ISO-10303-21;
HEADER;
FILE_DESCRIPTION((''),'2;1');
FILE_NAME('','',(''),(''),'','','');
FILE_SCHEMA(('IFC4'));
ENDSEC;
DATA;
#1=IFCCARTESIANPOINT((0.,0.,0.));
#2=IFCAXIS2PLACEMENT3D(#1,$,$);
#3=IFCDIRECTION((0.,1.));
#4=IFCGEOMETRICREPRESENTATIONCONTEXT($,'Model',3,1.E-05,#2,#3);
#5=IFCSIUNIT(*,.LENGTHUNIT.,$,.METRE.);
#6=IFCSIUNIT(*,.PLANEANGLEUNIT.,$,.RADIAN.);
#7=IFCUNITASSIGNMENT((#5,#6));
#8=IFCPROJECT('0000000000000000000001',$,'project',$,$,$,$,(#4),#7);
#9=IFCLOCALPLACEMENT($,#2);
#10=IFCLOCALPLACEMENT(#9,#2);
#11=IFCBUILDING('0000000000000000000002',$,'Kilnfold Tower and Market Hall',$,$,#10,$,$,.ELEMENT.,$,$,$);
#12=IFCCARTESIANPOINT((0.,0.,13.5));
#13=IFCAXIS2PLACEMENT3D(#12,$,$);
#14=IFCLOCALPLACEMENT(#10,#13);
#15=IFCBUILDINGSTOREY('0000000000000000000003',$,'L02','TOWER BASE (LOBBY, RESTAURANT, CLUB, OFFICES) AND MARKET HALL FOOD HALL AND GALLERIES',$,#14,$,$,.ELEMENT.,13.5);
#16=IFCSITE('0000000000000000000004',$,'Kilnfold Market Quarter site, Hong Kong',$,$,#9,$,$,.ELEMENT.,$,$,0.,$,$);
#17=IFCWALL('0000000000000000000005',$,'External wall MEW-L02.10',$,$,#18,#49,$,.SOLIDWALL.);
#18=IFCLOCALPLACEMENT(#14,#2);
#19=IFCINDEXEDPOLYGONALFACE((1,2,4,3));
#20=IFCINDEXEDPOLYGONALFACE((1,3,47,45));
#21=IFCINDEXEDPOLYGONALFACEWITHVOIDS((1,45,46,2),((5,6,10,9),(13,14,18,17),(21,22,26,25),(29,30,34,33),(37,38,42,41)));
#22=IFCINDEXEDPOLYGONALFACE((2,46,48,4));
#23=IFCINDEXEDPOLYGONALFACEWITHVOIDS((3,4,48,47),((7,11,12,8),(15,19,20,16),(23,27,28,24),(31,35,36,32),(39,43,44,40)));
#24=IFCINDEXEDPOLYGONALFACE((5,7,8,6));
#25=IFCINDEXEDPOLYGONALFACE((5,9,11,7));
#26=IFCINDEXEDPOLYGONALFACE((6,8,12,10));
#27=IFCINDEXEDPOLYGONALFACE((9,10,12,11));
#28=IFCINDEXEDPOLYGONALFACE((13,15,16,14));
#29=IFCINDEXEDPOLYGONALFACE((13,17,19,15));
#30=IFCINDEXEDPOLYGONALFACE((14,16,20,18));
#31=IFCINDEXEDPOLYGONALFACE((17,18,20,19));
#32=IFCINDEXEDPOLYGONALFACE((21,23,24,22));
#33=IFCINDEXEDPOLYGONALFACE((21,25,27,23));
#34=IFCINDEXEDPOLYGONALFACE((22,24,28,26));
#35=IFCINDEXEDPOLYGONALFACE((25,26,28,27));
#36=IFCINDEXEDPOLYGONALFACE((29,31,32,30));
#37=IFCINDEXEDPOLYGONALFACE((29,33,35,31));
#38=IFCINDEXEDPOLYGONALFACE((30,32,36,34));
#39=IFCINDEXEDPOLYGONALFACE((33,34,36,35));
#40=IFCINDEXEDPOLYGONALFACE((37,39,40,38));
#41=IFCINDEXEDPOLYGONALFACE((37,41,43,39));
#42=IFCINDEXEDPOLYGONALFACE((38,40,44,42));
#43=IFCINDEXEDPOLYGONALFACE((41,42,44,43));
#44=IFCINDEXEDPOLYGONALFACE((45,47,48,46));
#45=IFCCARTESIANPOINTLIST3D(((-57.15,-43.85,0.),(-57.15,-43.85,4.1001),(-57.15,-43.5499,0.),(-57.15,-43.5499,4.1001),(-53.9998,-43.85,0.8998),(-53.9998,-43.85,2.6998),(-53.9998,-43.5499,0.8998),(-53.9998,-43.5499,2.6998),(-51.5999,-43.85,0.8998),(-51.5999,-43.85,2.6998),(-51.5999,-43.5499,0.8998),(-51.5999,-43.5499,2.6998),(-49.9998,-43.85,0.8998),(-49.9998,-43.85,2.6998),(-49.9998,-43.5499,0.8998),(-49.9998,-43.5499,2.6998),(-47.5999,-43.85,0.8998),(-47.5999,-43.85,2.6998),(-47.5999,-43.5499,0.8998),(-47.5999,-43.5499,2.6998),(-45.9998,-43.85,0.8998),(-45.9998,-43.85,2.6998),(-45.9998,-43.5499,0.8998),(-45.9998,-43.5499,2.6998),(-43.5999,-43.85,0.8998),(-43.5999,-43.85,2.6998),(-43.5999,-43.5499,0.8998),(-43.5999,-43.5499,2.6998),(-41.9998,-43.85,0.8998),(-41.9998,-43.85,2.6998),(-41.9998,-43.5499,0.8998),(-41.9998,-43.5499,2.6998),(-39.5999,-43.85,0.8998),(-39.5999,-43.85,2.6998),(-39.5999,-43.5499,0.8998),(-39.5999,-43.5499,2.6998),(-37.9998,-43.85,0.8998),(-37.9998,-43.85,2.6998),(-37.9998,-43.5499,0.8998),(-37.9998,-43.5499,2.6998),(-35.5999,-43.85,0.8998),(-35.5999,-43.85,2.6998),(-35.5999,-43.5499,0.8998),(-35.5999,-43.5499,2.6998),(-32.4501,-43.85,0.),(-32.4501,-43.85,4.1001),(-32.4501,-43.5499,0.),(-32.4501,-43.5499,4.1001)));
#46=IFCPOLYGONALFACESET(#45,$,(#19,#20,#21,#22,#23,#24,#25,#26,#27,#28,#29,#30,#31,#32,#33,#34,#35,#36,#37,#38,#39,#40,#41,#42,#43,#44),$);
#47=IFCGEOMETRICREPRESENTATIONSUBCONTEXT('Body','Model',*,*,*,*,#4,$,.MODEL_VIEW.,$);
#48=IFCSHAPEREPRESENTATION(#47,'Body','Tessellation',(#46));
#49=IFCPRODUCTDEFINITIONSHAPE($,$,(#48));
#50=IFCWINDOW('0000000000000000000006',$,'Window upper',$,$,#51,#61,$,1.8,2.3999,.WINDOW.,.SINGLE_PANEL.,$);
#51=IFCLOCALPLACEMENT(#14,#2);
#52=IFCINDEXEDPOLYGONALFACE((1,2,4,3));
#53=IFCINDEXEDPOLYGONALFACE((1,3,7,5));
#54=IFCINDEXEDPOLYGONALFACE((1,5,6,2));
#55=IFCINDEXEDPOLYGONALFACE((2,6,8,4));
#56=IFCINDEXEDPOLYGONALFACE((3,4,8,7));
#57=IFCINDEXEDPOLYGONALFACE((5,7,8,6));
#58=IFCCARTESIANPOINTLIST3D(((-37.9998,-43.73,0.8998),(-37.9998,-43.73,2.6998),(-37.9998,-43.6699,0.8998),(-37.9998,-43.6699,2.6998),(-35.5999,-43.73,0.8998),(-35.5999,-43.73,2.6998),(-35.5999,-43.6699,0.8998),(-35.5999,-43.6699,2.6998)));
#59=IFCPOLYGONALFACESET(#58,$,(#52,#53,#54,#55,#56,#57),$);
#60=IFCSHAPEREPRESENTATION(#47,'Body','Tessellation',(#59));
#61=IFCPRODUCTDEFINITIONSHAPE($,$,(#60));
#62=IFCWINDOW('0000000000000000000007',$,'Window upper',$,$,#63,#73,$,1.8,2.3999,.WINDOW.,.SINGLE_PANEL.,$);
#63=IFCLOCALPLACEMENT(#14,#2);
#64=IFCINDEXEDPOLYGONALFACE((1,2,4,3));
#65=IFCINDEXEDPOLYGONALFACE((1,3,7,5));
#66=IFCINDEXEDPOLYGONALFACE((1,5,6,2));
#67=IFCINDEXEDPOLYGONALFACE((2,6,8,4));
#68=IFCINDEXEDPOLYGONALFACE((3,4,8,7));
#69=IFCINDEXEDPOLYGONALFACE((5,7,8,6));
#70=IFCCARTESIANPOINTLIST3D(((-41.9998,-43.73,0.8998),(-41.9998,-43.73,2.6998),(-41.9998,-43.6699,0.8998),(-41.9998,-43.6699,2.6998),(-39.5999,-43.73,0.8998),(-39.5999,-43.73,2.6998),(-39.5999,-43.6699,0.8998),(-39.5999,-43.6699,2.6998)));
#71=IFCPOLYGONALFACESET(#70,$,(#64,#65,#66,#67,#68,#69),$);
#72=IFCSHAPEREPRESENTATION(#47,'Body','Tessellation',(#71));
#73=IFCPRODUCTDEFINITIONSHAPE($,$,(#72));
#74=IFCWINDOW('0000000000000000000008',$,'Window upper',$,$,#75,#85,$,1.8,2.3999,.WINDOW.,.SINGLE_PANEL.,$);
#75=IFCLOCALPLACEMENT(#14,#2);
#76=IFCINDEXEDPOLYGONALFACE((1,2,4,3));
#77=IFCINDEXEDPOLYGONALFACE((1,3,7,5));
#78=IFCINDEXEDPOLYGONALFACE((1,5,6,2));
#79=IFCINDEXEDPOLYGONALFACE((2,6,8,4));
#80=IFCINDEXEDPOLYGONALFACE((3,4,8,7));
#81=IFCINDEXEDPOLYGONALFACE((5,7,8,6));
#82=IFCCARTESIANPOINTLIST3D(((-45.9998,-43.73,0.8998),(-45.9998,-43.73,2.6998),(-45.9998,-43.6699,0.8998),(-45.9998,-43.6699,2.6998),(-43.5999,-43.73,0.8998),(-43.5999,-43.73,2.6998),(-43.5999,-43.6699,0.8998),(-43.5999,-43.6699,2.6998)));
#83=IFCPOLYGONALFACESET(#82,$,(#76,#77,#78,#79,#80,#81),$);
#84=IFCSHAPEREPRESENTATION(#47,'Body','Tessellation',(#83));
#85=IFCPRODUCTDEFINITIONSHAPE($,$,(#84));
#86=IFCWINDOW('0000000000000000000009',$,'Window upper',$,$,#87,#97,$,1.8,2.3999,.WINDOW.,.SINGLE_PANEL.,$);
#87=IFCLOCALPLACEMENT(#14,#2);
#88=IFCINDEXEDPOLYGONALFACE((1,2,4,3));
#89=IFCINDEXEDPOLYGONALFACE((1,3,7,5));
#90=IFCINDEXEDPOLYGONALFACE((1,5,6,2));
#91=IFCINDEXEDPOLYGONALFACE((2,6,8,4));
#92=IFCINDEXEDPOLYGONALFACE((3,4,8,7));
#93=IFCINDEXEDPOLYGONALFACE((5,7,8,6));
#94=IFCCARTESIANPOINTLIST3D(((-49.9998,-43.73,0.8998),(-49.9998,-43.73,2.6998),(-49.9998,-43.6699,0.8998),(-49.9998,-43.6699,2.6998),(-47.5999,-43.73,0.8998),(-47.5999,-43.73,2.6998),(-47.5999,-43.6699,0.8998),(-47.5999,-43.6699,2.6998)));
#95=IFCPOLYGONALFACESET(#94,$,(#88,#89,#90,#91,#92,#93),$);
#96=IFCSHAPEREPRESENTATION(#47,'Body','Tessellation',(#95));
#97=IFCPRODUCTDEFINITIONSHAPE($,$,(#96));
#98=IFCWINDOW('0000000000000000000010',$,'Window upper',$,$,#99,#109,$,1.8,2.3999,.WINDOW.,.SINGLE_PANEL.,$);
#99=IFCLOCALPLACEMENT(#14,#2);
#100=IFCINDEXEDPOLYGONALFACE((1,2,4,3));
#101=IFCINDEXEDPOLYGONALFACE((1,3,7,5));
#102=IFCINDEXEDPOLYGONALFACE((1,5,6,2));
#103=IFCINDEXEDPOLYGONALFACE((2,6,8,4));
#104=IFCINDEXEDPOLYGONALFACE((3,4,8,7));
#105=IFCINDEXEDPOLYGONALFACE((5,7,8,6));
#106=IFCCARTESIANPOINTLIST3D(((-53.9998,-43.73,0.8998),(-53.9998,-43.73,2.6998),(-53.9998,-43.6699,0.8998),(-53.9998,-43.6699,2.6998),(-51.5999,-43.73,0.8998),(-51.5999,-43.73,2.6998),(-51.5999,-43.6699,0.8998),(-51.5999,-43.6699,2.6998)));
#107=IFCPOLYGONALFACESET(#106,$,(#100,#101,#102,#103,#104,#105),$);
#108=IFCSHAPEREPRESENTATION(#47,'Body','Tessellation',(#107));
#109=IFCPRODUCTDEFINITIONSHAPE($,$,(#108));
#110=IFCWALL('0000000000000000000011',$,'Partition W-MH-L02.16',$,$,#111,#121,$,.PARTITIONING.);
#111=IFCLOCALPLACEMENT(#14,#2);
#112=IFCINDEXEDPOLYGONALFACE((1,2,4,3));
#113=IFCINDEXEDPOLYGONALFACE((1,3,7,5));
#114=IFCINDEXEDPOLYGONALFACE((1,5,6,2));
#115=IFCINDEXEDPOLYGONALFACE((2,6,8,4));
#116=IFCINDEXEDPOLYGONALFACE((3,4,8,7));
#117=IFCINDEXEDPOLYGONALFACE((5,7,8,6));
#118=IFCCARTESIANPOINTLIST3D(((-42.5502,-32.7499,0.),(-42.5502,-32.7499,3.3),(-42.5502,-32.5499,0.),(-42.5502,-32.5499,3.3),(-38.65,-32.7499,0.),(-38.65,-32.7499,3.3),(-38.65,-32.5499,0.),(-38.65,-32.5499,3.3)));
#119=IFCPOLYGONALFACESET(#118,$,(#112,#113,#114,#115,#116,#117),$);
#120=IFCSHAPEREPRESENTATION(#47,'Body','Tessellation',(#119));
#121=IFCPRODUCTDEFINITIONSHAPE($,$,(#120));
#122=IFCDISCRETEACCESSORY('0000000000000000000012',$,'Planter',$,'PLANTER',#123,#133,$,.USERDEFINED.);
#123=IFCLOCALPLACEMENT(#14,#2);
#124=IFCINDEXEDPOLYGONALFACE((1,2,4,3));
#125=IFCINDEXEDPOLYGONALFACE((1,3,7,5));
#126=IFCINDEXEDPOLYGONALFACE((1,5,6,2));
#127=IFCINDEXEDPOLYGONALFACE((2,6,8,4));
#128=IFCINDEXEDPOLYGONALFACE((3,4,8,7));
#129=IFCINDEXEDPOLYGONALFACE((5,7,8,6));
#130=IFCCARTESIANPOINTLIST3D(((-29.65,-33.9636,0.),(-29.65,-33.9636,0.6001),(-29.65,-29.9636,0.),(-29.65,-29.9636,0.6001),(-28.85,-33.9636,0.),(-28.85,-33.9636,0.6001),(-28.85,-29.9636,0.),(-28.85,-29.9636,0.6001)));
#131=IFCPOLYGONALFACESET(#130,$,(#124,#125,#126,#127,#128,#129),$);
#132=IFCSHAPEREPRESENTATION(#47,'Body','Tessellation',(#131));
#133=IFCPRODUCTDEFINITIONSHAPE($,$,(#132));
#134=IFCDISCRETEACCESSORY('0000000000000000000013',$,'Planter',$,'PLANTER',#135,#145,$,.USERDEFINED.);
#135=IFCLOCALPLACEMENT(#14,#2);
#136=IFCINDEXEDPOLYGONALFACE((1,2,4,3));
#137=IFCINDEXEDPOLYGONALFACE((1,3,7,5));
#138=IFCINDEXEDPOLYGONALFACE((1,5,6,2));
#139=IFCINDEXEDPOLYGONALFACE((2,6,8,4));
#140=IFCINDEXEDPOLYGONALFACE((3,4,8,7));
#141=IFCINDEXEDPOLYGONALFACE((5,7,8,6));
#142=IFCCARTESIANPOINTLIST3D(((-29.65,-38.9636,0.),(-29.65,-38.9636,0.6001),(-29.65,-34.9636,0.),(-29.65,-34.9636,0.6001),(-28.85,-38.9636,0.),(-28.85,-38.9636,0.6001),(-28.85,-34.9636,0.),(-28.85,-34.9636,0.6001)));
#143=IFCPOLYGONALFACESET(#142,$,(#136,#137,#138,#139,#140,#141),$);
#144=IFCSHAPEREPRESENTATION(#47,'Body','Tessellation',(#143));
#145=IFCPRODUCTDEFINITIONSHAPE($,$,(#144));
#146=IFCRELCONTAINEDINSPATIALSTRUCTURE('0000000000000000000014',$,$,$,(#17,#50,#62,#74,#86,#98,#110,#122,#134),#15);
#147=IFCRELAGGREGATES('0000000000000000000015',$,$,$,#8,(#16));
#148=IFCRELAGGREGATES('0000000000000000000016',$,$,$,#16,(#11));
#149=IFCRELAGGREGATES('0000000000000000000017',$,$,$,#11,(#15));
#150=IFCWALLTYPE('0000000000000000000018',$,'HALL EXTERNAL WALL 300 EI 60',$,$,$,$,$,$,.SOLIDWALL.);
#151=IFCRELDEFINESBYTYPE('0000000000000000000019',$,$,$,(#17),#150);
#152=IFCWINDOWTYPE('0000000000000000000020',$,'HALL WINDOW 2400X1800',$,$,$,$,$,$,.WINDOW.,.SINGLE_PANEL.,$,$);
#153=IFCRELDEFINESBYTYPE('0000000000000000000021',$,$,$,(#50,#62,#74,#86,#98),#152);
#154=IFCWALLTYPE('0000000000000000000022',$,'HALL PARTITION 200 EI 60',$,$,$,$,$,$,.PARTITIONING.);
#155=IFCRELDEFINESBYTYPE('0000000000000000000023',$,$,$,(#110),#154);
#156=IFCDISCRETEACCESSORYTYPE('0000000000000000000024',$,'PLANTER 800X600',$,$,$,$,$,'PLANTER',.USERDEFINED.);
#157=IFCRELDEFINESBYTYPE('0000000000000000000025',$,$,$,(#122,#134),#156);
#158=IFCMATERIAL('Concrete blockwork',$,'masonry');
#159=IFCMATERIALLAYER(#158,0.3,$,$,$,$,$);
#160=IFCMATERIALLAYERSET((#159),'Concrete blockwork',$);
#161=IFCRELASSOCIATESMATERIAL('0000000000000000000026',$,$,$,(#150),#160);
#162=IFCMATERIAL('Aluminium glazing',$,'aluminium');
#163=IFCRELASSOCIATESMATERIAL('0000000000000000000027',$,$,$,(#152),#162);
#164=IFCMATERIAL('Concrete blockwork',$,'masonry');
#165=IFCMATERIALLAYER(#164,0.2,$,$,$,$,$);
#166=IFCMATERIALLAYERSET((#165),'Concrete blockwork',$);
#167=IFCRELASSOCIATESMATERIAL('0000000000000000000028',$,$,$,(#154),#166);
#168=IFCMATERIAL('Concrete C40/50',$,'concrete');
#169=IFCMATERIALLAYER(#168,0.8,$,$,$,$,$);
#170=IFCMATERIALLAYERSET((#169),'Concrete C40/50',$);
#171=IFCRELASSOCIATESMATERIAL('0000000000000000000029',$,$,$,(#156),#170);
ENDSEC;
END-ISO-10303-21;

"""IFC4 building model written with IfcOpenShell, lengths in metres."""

from ifc_helpers import new_model, si_unit, direction, frame, frame_2d, origin, origin_2d, place, context, subcontext, project, spatial, rectangle, extrude, source, transform, mapped, material, layer, layer_set, type_object, element, fill, save


model = new_model("IFC4")

# Units and contexts
model_context = context("Model", 3, precision=1e-05, world=origin(), true_north=direction((0.0, 1.0)))
body_context = subcontext(model_context, "Body", "Model", "MODEL_VIEW")
ifc_project = project(units=[si_unit("LENGTHUNIT", "METRE"), si_unit("PLANEANGLEUNIT", "RADIAN")], contexts=[model_context])

# Site, building, storey
site_placement = place(None, origin())
site = spatial("IfcSite", under=ifc_project, at=site_placement, Name="Kilnfold Market Quarter site, Hong Kong", CompositionType="ELEMENT", RefElevation=0.0)
building_placement = place(site_placement, origin())
building = spatial("IfcBuilding", under=site, at=building_placement, Name="Kilnfold Tower and Market Hall", CompositionType="ELEMENT")
storey_placement = place(building_placement, frame((0.0, 0.0, 13.5)))
storey = spatial("IfcBuildingStorey", under=building, at=storey_placement, Name="L02", Description="TOWER BASE (LOBBY, RESTAURANT, CLUB, OFFICES) AND MARKET HALL FOOD HALL AND GALLERIES", CompositionType="ELEMENT", Elevation=13.5)

# Wall, openings, windows
ifc_material_1 = material(Name="Concrete blockwork", Category="masonry")
ifc_layer_1 = layer(ifc_material_1, 0.3)
ifc_layer_set_1 = layer_set([ifc_layer_1], Name="Concrete blockwork")
wall_type_1 = type_object("IfcWallType", Name="HALL EXTERNAL WALL 300 EI 60", PredefinedType="SOLIDWALL", material=ifc_layer_set_1)
shared_shape_1 = source(origin(), body_context, "Body", "SweptSolid", [
    extrude(rectangle(XDim=24.7, YDim=0.3, at=frame_2d((12.3501, 0.0))), origin(), (0.0, 0.0, 1.0), 4.1001),
])
wall_1_placement = place(storey_placement, frame((-32.45, -43.7, 0.0), z_axis=(0.0, 0.0, 1.0), x_axis=(-1.0, 0.0, 0.0)))
wall_1 = element("IfcWall", 1, at=wall_1_placement, inside=storey, type_object=wall_type_1, Name="External wall MEW-L02.10", PredefinedType="SOLIDWALL", context=body_context, shape_type="MappedRepresentation", body=[
    mapped(shared_shape_1, transform((0.0, 0.0, 0.0))),
])
opening_1_placement = place(wall_1_placement, frame((3.1499, 0.0, 0.8999)))
opening_1 = element("IfcOpeningElement", 2, at=opening_1_placement, cuts=wall_1, PredefinedType="OPENING", context=body_context, shape_type="SweptSolid", body=[
    extrude(rectangle(XDim=2.3999, YDim=1.8, at=frame_2d((1.2, 0.8999))), frame((0.0, 0.1602, 0.0), z_axis=(0.0, -1.0, 0.0), x_axis=(1.0, 0.0, 0.0)), (0.0, 0.0, 1.0), 0.3201),
])
opening_2_placement = place(wall_1_placement, frame((7.1499, 0.0, 0.8999)))
opening_2 = element("IfcOpeningElement", 3, at=opening_2_placement, cuts=wall_1, PredefinedType="OPENING", context=body_context, shape_type="SweptSolid", body=[
    extrude(rectangle(XDim=2.3999, YDim=1.8, at=frame_2d((1.2, 0.8999))), frame((0.0, 0.1602, 0.0), z_axis=(0.0, -1.0, 0.0), x_axis=(1.0, 0.0, 0.0)), (0.0, 0.0, 1.0), 0.3201),
])
opening_3_placement = place(wall_1_placement, frame((11.1499, 0.0, 0.8999)))
opening_3 = element("IfcOpeningElement", 4, at=opening_3_placement, cuts=wall_1, PredefinedType="OPENING", context=body_context, shape_type="SweptSolid", body=[
    extrude(rectangle(XDim=2.3999, YDim=1.8, at=frame_2d((1.2, 0.8999))), frame((0.0, 0.1602, 0.0), z_axis=(0.0, -1.0, 0.0), x_axis=(1.0, 0.0, 0.0)), (0.0, 0.0, 1.0), 0.3201),
])
opening_4_placement = place(wall_1_placement, frame((15.1499, 0.0, 0.8999)))
opening_4 = element("IfcOpeningElement", 5, at=opening_4_placement, cuts=wall_1, PredefinedType="OPENING", context=body_context, shape_type="SweptSolid", body=[
    extrude(rectangle(XDim=2.3999, YDim=1.8, at=frame_2d((1.2, 0.8999))), frame((0.0, 0.1602, 0.0), z_axis=(0.0, -1.0, 0.0), x_axis=(1.0, 0.0, 0.0)), (0.0, 0.0, 1.0), 0.3201),
])
opening_5_placement = place(wall_1_placement, frame((19.1499, 0.0, 0.8999)))
opening_5 = element("IfcOpeningElement", 6, at=opening_5_placement, cuts=wall_1, PredefinedType="OPENING", context=body_context, shape_type="SweptSolid", body=[
    extrude(rectangle(XDim=2.3999, YDim=1.8, at=frame_2d((1.2, 0.8999))), frame((0.0, 0.1602, 0.0), z_axis=(0.0, -1.0, 0.0), x_axis=(1.0, 0.0, 0.0)), (0.0, 0.0, 1.0), 0.3201),
])
ifc_material_2 = material(Name="Aluminium glazing", Category="aluminium")
window_type = type_object("IfcWindowType", Name="HALL WINDOW 2400X1800", PartitioningType="SINGLE_PANEL", PredefinedType="WINDOW", material=ifc_material_2)
window_1_placement = place(opening_1_placement, origin())
window_1 = element("IfcWindow", 7, at=window_1_placement, inside=storey, type_object=window_type, Name="Window upper", OverallHeight=1.8, OverallWidth=2.3999, PartitioningType="SINGLE_PANEL", PredefinedType="WINDOW", context=body_context, shape_type="SweptSolid", body=[
    extrude(rectangle(XDim=2.3999, YDim=1.8, at=frame_2d((1.2, 0.8999))), frame((0.0, 0.03, 0.0), z_axis=(0.0, -1.0, 0.0), x_axis=(1.0, 0.0, 0.0)), (0.0, 0.0, 1.0), 0.0601),
])
fill(opening_1, window_1)
window_2_placement = place(opening_2_placement, origin())
window_2 = element("IfcWindow", 8, at=window_2_placement, inside=storey, type_object=window_type, Name="Window upper", OverallHeight=1.8, OverallWidth=2.3999, PartitioningType="SINGLE_PANEL", PredefinedType="WINDOW", context=body_context, shape_type="SweptSolid", body=[
    extrude(rectangle(XDim=2.3999, YDim=1.8, at=frame_2d((1.2, 0.8999))), frame((0.0, 0.03, 0.0), z_axis=(0.0, -1.0, 0.0), x_axis=(1.0, 0.0, 0.0)), (0.0, 0.0, 1.0), 0.0601),
])
fill(opening_2, window_2)
window_3_placement = place(opening_3_placement, origin())
window_3 = element("IfcWindow", 9, at=window_3_placement, inside=storey, type_object=window_type, Name="Window upper", OverallHeight=1.8, OverallWidth=2.3999, PartitioningType="SINGLE_PANEL", PredefinedType="WINDOW", context=body_context, shape_type="SweptSolid", body=[
    extrude(rectangle(XDim=2.3999, YDim=1.8, at=frame_2d((1.2, 0.8999))), frame((0.0, 0.03, 0.0), z_axis=(0.0, -1.0, 0.0), x_axis=(1.0, 0.0, 0.0)), (0.0, 0.0, 1.0), 0.0601),
])
fill(opening_3, window_3)
window_4_placement = place(opening_4_placement, origin())
window_4 = element("IfcWindow", 10, at=window_4_placement, inside=storey, type_object=window_type, Name="Window upper", OverallHeight=1.8, OverallWidth=2.3999, PartitioningType="SINGLE_PANEL", PredefinedType="WINDOW", context=body_context, shape_type="SweptSolid", body=[
    extrude(rectangle(XDim=2.3999, YDim=1.8, at=frame_2d((1.2, 0.8999))), frame((0.0, 0.03, 0.0), z_axis=(0.0, -1.0, 0.0), x_axis=(1.0, 0.0, 0.0)), (0.0, 0.0, 1.0), 0.0601),
])
fill(opening_4, window_4)
window_5_placement = place(opening_5_placement, origin())
window_5 = element("IfcWindow", 11, at=window_5_placement, inside=storey, type_object=window_type, Name="Window upper", OverallHeight=1.8, OverallWidth=2.3999, PartitioningType="SINGLE_PANEL", PredefinedType="WINDOW", context=body_context, shape_type="SweptSolid", body=[
    extrude(rectangle(XDim=2.3999, YDim=1.8, at=frame_2d((1.2, 0.8999))), frame((0.0, 0.03, 0.0), z_axis=(0.0, -1.0, 0.0), x_axis=(1.0, 0.0, 0.0)), (0.0, 0.0, 1.0), 0.0601),
])
fill(opening_5, window_5)

# Wall
ifc_material_3 = material(Name="Concrete blockwork", Category="masonry")
ifc_layer_2 = layer(ifc_material_3, 0.2)
ifc_layer_set_2 = layer_set([ifc_layer_2], Name="Concrete blockwork")
wall_type_2 = type_object("IfcWallType", Name="HALL PARTITION 200 EI 60", PredefinedType="PARTITIONING", material=ifc_layer_set_2)
shared_shape_2 = source(origin(), body_context, "Body", "SweptSolid", [
    extrude(rectangle(XDim=3.9001, YDim=0.2, at=frame_2d((1.9502, 0.0))), origin(), (0.0, 0.0, 1.0), 3.3),
])
wall_2_placement = place(storey_placement, frame((-38.6499, -32.6499, 0.0), z_axis=(0.0, 0.0, 1.0), x_axis=(-1.0, 0.0, 0.0)))
element("IfcWall", 12, at=wall_2_placement, inside=storey, type_object=wall_type_2, Name="Partition W-MH-L02.16", PredefinedType="PARTITIONING", context=body_context, shape_type="MappedRepresentation", body=[
    mapped(shared_shape_2, transform((0.0, 0.0, 0.0))),
])

# Discrete accessories
ifc_material_4 = material(Name="Concrete C40/50", Category="concrete")
ifc_layer_3 = layer(ifc_material_4, 0.8)
ifc_layer_set_3 = layer_set([ifc_layer_3], Name="Concrete C40/50")
discrete_accessory_type = type_object("IfcDiscreteAccessoryType", Name="PLANTER 800X600", ElementType="PLANTER", PredefinedType="USERDEFINED", material=ifc_layer_set_3)
shared_shape_3 = source(origin(), body_context, "Body", "SweptSolid", [
    extrude(rectangle(XDim=4.0, YDim=0.8, at=origin_2d()), origin(), (0.0, 0.0, 1.0), 0.6001),
])
for number, where, z_axis, x_axis, name in (
    (13, (-29.25, -31.9636, 0.0), (0.0, 0.0, 1.0), (0.0, -1.0, 0.0), "Planter"),
    (14, (-29.25, -36.9636, 0.0), (0.0, 0.0, 1.0), (0.0, -1.0, 0.0), "Planter"),
):
    element("IfcDiscreteAccessory", number, at=place(storey_placement, frame(where, z_axis=z_axis, x_axis=x_axis)), inside=storey, type_object=discrete_accessory_type, Name=name, ObjectType="PLANTER", PredefinedType="USERDEFINED", context=body_context, shape_type="MappedRepresentation", body=[
        mapped(shared_shape_3, transform((0.0, 0.0, 0.0))),
    ])

save(model, "model.ifc")
